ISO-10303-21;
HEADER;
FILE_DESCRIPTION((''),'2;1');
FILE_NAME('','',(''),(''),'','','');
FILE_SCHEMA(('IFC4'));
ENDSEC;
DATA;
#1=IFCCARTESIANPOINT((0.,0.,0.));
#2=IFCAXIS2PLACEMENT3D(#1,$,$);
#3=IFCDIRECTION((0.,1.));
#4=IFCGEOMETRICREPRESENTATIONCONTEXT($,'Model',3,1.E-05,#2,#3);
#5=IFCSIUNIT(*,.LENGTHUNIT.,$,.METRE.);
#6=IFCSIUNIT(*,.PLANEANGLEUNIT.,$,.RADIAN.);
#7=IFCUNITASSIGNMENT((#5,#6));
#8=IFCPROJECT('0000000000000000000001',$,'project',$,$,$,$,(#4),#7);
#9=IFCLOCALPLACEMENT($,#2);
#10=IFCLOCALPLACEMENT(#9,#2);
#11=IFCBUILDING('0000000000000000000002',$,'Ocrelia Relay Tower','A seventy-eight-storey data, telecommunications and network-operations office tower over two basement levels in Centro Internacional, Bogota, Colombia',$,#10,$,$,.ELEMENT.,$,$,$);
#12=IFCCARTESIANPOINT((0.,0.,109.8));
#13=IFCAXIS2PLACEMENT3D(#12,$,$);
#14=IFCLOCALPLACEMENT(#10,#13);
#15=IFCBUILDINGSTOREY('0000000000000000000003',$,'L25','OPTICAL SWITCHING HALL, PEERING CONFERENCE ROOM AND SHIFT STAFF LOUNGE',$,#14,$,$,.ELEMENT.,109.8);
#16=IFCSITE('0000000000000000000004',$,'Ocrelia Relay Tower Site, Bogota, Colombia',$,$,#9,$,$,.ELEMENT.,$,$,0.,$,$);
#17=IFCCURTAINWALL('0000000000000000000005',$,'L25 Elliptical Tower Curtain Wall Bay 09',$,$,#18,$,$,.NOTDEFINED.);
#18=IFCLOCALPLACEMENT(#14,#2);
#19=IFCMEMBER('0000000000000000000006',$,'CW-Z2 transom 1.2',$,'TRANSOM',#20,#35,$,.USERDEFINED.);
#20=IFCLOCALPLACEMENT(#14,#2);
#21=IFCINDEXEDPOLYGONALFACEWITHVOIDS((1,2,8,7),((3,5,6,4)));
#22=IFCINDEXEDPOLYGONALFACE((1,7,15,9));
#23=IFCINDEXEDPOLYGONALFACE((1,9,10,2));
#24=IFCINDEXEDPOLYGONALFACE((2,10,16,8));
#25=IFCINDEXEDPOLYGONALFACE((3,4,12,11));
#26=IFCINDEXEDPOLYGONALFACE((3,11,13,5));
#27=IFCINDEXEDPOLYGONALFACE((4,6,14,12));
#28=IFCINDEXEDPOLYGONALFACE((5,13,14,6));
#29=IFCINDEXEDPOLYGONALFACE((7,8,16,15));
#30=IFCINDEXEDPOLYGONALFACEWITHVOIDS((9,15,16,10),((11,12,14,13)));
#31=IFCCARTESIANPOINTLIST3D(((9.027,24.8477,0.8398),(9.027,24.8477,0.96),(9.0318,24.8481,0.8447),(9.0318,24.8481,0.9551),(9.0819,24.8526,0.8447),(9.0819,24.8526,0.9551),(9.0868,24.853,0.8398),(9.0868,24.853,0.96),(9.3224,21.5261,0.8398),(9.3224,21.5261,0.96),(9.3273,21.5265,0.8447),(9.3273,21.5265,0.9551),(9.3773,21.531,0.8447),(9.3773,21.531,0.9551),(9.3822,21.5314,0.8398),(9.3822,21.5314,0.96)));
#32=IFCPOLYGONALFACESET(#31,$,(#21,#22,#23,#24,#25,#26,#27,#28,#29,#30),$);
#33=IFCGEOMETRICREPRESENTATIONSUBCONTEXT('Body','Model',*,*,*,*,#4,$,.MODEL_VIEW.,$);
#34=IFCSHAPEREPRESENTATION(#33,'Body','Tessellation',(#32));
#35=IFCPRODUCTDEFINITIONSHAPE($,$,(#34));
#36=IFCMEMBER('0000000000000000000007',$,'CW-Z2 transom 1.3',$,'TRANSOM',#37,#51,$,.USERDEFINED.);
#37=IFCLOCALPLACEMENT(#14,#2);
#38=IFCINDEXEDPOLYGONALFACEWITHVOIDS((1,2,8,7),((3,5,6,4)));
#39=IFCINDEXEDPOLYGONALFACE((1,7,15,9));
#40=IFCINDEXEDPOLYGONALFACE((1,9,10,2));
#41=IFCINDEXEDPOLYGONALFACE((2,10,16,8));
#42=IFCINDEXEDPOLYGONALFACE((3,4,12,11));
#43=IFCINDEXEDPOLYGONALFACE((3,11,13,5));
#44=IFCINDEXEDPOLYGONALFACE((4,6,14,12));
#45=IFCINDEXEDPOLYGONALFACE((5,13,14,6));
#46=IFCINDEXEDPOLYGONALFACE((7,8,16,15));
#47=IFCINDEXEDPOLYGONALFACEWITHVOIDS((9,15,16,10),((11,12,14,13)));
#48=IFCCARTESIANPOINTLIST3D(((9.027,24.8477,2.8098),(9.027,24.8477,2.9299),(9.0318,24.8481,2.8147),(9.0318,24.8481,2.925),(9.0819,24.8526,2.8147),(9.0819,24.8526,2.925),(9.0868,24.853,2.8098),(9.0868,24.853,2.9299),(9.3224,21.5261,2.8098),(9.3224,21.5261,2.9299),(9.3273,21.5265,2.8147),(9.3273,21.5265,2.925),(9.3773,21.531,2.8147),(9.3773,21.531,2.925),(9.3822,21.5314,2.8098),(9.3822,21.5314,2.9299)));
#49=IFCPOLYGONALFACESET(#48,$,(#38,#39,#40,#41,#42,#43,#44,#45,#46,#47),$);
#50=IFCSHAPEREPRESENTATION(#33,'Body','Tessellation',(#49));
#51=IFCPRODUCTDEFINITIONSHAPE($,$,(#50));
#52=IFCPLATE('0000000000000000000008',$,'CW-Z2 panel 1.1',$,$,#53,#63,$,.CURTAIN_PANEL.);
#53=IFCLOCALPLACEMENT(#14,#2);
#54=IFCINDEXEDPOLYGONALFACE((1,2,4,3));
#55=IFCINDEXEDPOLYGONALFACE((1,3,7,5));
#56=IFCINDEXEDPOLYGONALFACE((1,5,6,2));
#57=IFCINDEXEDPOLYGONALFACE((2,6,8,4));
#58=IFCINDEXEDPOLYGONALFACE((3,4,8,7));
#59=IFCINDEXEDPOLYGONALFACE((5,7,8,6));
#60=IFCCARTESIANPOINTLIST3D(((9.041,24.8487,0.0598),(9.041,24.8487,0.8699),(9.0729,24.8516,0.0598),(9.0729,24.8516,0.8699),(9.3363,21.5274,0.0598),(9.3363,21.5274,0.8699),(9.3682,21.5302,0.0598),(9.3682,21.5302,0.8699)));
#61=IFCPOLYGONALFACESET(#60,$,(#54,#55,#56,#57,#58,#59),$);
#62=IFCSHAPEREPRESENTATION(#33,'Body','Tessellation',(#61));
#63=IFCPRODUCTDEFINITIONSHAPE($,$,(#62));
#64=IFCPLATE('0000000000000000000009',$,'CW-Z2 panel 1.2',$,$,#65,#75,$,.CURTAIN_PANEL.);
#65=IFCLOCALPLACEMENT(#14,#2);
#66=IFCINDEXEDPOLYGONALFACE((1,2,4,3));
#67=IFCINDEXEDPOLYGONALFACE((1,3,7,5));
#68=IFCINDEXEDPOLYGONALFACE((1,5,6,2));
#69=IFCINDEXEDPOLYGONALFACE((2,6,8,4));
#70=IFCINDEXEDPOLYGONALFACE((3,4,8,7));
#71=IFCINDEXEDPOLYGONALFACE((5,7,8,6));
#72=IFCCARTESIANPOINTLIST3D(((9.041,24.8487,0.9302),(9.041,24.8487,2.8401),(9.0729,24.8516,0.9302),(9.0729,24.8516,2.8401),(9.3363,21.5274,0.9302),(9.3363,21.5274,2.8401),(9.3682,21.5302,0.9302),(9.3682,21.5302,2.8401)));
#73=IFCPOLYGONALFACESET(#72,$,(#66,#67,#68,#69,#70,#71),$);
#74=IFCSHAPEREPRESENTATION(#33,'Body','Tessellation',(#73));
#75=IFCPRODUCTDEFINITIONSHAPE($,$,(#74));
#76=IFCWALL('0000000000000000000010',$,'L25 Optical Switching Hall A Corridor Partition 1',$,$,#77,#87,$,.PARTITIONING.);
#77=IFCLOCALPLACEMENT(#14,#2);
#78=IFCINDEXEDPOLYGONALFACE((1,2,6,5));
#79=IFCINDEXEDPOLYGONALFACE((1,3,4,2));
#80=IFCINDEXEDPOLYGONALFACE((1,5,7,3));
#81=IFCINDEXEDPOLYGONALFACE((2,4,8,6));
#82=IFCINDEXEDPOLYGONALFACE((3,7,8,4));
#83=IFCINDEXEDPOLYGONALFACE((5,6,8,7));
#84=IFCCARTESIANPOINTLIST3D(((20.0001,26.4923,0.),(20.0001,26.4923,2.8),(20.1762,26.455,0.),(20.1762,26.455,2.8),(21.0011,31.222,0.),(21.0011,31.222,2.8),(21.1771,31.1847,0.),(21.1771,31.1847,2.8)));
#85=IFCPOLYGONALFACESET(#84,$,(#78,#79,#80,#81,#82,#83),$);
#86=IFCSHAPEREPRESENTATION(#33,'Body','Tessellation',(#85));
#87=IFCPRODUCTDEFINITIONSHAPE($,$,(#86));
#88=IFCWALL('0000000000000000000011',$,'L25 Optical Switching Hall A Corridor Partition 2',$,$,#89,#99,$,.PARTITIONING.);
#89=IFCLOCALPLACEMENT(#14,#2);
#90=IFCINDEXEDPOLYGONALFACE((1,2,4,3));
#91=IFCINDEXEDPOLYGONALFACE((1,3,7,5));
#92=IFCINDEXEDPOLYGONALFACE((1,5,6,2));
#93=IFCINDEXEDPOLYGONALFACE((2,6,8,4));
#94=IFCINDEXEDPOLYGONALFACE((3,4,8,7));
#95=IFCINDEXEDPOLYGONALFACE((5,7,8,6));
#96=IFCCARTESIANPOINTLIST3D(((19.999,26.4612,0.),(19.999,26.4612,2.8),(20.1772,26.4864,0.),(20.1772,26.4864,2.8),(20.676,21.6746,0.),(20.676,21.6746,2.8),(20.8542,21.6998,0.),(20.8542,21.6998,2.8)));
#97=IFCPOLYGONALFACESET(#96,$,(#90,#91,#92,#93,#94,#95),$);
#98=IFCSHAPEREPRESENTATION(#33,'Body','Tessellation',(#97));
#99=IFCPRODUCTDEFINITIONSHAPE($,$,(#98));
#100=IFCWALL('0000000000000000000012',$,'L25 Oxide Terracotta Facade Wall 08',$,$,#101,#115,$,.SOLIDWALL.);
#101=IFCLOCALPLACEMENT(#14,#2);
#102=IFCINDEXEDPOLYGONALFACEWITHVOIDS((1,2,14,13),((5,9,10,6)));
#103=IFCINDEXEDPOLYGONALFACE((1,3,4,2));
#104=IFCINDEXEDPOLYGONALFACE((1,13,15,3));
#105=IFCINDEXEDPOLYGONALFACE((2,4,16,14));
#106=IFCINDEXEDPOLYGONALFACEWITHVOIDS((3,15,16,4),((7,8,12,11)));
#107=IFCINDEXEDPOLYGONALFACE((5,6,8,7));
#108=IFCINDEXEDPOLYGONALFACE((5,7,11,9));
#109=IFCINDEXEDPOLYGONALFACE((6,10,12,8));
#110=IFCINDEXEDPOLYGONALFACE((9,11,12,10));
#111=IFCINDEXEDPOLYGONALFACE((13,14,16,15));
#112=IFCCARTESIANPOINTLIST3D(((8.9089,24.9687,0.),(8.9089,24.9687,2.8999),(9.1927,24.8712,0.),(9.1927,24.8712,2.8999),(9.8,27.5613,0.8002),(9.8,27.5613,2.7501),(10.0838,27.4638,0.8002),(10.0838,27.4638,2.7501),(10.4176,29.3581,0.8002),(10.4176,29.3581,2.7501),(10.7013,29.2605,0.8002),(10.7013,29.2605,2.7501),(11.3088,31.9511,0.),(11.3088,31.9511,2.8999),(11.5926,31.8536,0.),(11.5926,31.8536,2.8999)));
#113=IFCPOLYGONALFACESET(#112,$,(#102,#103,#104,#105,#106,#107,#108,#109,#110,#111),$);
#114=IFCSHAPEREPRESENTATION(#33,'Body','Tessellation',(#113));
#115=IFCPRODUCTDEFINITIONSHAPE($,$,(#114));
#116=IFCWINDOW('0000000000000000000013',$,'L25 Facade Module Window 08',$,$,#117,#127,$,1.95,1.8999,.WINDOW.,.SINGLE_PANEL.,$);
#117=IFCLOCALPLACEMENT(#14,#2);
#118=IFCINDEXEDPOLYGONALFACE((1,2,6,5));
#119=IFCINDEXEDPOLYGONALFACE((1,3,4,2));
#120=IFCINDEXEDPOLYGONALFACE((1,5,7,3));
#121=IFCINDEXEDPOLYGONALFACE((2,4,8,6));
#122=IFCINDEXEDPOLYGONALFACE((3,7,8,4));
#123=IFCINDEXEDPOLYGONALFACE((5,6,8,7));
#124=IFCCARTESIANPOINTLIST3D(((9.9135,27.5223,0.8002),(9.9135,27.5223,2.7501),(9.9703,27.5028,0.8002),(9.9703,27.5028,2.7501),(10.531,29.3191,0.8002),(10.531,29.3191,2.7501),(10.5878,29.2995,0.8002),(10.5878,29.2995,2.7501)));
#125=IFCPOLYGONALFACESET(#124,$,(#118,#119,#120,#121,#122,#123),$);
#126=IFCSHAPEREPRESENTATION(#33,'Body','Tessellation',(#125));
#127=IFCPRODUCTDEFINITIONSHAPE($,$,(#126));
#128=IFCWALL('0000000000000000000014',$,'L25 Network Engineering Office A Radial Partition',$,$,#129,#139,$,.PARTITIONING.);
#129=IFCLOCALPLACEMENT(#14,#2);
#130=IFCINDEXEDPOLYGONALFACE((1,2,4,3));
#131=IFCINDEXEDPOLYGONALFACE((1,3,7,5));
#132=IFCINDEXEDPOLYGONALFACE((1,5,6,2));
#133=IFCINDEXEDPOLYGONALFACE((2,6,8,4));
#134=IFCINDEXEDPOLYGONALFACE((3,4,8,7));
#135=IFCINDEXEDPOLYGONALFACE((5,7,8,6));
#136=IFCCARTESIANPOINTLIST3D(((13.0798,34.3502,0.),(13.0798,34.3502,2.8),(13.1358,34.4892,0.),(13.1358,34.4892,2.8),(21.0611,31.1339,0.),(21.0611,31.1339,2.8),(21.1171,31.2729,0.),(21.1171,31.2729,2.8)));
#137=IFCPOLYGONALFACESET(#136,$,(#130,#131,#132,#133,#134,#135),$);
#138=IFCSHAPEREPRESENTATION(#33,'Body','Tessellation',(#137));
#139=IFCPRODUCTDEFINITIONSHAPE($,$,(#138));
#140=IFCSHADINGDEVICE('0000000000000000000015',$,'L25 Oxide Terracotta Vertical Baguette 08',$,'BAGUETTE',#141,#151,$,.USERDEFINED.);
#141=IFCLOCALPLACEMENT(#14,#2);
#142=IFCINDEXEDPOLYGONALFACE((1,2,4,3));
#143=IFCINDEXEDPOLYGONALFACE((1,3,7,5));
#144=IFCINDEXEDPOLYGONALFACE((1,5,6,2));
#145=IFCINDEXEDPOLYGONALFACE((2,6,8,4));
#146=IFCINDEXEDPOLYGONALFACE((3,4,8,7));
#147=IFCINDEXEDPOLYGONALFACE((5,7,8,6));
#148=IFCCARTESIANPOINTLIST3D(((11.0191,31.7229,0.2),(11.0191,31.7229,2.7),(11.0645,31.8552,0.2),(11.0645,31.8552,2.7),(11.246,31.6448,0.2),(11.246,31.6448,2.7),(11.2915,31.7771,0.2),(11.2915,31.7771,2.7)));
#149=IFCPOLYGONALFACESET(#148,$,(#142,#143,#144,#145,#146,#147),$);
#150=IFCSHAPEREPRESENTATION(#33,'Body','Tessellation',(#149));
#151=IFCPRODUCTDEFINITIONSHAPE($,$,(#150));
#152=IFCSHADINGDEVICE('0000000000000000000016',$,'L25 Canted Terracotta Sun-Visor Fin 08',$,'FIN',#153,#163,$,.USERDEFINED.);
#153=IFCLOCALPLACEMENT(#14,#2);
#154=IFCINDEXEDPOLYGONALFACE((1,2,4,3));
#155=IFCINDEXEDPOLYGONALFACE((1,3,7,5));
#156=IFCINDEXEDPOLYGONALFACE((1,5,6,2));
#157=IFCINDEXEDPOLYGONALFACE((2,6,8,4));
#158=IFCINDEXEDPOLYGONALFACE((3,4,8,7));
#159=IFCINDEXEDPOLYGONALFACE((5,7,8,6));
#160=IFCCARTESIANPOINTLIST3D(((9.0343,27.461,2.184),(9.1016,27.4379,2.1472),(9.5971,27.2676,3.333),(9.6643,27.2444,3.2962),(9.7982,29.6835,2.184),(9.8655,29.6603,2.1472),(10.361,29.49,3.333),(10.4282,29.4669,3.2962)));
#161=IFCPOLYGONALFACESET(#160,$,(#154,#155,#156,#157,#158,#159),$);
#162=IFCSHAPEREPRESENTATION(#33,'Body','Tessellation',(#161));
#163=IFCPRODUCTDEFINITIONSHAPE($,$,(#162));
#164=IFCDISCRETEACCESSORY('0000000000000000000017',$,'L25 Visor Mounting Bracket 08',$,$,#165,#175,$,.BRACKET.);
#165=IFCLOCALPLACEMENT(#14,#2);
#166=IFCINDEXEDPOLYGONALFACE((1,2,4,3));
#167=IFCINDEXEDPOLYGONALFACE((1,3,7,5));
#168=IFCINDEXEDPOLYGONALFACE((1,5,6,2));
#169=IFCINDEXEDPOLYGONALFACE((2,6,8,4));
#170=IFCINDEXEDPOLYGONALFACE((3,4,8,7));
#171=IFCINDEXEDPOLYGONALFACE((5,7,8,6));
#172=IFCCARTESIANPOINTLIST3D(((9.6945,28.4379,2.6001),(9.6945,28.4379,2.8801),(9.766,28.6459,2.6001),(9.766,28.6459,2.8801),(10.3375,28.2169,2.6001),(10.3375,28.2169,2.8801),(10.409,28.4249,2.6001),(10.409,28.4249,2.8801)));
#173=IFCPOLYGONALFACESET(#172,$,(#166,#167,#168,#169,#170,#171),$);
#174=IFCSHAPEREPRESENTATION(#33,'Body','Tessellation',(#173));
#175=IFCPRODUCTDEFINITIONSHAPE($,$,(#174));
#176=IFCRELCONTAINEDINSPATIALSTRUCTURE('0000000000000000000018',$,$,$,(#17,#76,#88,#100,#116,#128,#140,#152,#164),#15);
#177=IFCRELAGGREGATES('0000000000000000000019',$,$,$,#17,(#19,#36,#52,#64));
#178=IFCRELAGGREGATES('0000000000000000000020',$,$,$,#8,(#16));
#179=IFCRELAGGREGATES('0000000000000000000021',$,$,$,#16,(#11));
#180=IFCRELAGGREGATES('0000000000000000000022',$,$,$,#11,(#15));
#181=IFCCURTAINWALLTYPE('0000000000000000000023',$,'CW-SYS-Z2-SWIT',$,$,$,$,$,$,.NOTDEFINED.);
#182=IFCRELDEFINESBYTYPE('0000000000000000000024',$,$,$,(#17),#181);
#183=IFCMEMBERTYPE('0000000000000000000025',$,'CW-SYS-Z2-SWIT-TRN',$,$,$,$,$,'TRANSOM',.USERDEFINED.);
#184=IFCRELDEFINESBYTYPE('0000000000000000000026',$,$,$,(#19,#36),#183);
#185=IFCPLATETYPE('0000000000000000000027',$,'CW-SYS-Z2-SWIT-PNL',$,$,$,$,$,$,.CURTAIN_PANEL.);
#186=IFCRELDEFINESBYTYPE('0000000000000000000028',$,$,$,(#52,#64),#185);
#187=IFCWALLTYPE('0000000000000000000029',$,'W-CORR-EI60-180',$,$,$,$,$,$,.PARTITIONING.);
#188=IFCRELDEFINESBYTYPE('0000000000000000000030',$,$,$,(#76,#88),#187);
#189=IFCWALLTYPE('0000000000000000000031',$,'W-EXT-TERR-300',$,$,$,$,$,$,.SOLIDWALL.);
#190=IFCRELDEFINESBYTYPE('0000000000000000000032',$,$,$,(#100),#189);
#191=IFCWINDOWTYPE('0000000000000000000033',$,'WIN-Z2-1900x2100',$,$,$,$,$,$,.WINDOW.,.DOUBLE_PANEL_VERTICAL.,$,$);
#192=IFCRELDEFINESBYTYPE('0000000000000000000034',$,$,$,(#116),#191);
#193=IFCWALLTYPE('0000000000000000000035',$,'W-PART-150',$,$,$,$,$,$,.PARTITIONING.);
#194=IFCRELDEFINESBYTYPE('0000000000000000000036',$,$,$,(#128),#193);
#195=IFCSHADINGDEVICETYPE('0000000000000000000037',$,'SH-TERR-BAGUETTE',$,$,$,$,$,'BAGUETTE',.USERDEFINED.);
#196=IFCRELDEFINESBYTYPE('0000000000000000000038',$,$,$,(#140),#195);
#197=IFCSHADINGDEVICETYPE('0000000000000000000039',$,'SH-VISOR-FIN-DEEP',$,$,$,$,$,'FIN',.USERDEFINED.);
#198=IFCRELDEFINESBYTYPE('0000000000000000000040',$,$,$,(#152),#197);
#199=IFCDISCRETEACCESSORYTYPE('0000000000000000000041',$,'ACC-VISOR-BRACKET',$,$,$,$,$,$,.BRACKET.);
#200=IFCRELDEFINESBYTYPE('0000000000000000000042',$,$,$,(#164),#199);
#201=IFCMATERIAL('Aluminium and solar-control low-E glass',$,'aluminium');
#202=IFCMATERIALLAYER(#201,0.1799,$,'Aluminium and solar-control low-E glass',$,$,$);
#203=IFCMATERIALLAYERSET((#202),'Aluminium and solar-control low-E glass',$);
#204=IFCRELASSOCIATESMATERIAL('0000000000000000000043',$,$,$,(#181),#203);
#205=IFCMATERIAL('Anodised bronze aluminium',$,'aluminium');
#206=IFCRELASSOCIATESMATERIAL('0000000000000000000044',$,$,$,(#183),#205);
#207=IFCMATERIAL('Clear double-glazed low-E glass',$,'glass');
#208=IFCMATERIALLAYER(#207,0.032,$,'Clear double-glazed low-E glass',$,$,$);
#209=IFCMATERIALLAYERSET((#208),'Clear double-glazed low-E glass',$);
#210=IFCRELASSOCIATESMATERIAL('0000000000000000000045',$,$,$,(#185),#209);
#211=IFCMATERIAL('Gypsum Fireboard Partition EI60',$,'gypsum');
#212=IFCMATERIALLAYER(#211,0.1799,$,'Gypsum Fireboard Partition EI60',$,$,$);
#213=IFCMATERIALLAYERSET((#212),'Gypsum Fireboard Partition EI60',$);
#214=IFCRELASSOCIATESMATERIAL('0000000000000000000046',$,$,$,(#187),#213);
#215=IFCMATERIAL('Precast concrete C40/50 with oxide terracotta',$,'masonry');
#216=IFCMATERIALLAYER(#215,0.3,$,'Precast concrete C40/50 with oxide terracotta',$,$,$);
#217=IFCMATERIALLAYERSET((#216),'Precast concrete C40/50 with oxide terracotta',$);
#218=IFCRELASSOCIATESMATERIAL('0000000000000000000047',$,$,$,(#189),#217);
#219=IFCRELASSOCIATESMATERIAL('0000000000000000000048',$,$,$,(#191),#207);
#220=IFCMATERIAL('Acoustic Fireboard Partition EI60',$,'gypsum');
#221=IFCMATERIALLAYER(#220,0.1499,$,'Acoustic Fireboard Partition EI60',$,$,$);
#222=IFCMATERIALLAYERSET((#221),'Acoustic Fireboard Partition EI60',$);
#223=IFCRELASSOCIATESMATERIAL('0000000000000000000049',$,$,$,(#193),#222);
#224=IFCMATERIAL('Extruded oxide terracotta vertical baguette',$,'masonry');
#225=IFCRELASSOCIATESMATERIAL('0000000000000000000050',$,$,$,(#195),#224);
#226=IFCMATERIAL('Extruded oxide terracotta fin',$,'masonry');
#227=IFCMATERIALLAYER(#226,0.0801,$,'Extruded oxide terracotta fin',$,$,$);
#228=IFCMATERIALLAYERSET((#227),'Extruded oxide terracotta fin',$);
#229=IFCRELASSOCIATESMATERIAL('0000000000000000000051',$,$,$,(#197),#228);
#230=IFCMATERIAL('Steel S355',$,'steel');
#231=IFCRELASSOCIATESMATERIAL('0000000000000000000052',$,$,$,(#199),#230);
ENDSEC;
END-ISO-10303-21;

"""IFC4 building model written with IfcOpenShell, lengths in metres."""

from ifc_helpers import new_model, si_unit, direction, frame, frame_2d, origin, origin_2d, place, context, subcontext, project, spatial, rectangle, hollow_rectangle, extrude, material, layer, layer_set, material_profile, profile_set, type_object, element, fill, aggregate, save


model = new_model("IFC4")

# Units and contexts
model_context = context("Model", 3, precision=1e-05, world=origin(), true_north=direction((0.0, 1.0)))
body_context = subcontext(model_context, "Body", "Model", "MODEL_VIEW")
ifc_project = project(units=[si_unit("LENGTHUNIT", "METRE"), si_unit("PLANEANGLEUNIT", "RADIAN")], contexts=[model_context])

# Site, building, storey
site_placement = place(None, origin())
site = spatial("IfcSite", under=ifc_project, at=site_placement, Name="Ocrelia Relay Tower Site, Bogota, Colombia", CompositionType="ELEMENT", RefElevation=0.0)
building_placement = place(site_placement, origin())
building = spatial("IfcBuilding", under=site, at=building_placement, Name="Ocrelia Relay Tower", Description="A seventy-eight-storey data, telecommunications and network-operations office tower over two basement levels in Centro Internacional, Bogota, Colombia", CompositionType="ELEMENT")
storey_placement = place(building_placement, frame((0.0, 0.0, 109.8)))
storey = spatial("IfcBuildingStorey", under=building, at=storey_placement, Name="L25", Description="OPTICAL SWITCHING HALL, PEERING CONFERENCE ROOM AND SHIFT STAFF LOUNGE", CompositionType="ELEMENT", Elevation=109.8)

# Shared definitions
ifc_material_1 = material(Name="Steel S355", Category="steel")

# Curtain wall, members, plates
ifc_material_2 = material(Name="Aluminium and solar-control low-E glass", Category="aluminium")
ifc_layer_1 = layer(ifc_material_2, 0.1799, Name="Aluminium and solar-control low-E glass")
ifc_layer_set_1 = layer_set([ifc_layer_1], Name="Aluminium and solar-control low-E glass")
curtain_wall_type = type_object("IfcCurtainWallType", Name="CW-SYS-Z2-SWIT", PredefinedType="NOTDEFINED", material=ifc_layer_set_1)
curtain_wall_placement = place(storey_placement, origin())
curtain_wall = element("IfcCurtainWall", 1, at=curtain_wall_placement, inside=storey, type_object=curtain_wall_type, Name="L25 Elliptical Tower Curtain Wall Bay 09", PredefinedType="NOTDEFINED")
ifc_material_3 = material(Name="Anodised bronze aluminium", Category="aluminium")
ifc_material_profile_1 = material_profile(ifc_material_3, hollow_rectangle(XDim=0.0601, YDim=0.1201, WallThickness=0.0049, at=origin_2d()), Name="CW-TRN-120x60")
ifc_profile_set_1 = profile_set([ifc_material_profile_1], Name="Anodised bronze aluminium")
member_type_1 = type_object("IfcMemberType", Name="CW-SYS-Z2-SWIT-TRN", ElementType="TRANSOM", PredefinedType="USERDEFINED", material=ifc_profile_set_1)
member_1_placement = place(storey_placement, frame((9.0569, 24.8503, 0.8999), z_axis=(0.088588, -0.996068, 0.0), x_axis=(0.996068, 0.088588, 0.0)))
member_1 = element("IfcMember", 2, at=member_1_placement, type_object=member_type_1, Name="CW-Z2 transom 1.2", ObjectType="TRANSOM", PredefinedType="USERDEFINED", context=body_context, shape_type="SweptSolid", body=[
    extrude(hollow_rectangle(XDim=0.0601, YDim=0.1201, WallThickness=0.0049, at=origin_2d()), origin(), (0.0, 0.0, 1.0), 3.3347),
])
member_2_placement = place(storey_placement, frame((9.0569, 24.8503, 2.8699), z_axis=(0.088588, -0.996068, 0.0), x_axis=(0.996068, 0.088588, 0.0)))
member_2 = element("IfcMember", 3, at=member_2_placement, type_object=member_type_1, Name="CW-Z2 transom 1.3", ObjectType="TRANSOM", PredefinedType="USERDEFINED", context=body_context, shape_type="SweptSolid", body=[
    extrude(hollow_rectangle(XDim=0.0601, YDim=0.1201, WallThickness=0.0049, at=origin_2d()), origin(), (0.0, 0.0, 1.0), 3.3347),
])
ifc_material_4 = material(Name="Clear double-glazed low-E glass", Category="glass")
ifc_layer_2 = layer(ifc_material_4, 0.032, Name="Clear double-glazed low-E glass")
ifc_layer_set_2 = layer_set([ifc_layer_2], Name="Clear double-glazed low-E glass")
plate_type = type_object("IfcPlateType", Name="CW-SYS-Z2-SWIT-PNL", PredefinedType="CURTAIN_PANEL", material=ifc_layer_set_2)
plate_1_placement = place(storey_placement, frame((9.2046, 23.1895, 0.0598), z_axis=(0.0, 0.0, 1.0), x_axis=(0.088558, -0.996071, 0.0)))
plate_1 = element("IfcPlate", 4, at=plate_1_placement, type_object=plate_type, Name="CW-Z2 panel 1.1", PredefinedType="CURTAIN_PANEL", context=body_context, shape_type="SweptSolid", body=[
    extrude(rectangle(XDim=3.3345, YDim=0.032, at=origin_2d()), origin(), (0.0, 0.0, 1.0), 0.8101),
])
plate_2_placement = place(storey_placement, frame((9.2046, 23.1895, 0.9302), z_axis=(0.0, 0.0, 1.0), x_axis=(0.088558, -0.996071, 0.0)))
plate_2 = element("IfcPlate", 5, at=plate_2_placement, type_object=plate_type, Name="CW-Z2 panel 1.2", PredefinedType="CURTAIN_PANEL", context=body_context, shape_type="SweptSolid", body=[
    extrude(rectangle(XDim=3.3345, YDim=0.032, at=origin_2d()), origin(), (0.0, 0.0, 1.0), 1.9099),
])
aggregate(curtain_wall, [member_1, member_2, plate_1, plate_2])

# Walls
ifc_material_5 = material(Name="Gypsum Fireboard Partition EI60", Category="gypsum")
ifc_layer_3 = layer(ifc_material_5, 0.1799, Name="Gypsum Fireboard Partition EI60")
ifc_layer_set_3 = layer_set([ifc_layer_3], Name="Gypsum Fireboard Partition EI60")
wall_type_1 = type_object("IfcWallType", Name="W-CORR-EI60-180", PredefinedType="PARTITIONING", material=ifc_layer_set_3)
wall_1_placement = place(storey_placement, frame((21.0891, 31.2034, 0.0), z_axis=(0.0, 0.0, 1.0), x_axis=(-0.207049, -0.978331, 0.0)))
element("IfcWall", 6, at=wall_1_placement, inside=storey, type_object=wall_type_1, Name="L25 Optical Switching Hall A Corridor Partition 1", PredefinedType="PARTITIONING", context=body_context, shape_type="SweptSolid", body=[
    extrude(rectangle(XDim=4.8345, YDim=0.1799, at=frame_2d((2.4172, 0.0))), origin(), (0.0, 0.0, 1.0), 2.8),
])
wall_2_placement = place(storey_placement, frame((20.0881, 26.4736, 0.0), z_axis=(0.0, 0.0, 1.0), x_axis=(0.140043, -0.990145, 0.0)))
element("IfcWall", 7, at=wall_2_placement, inside=storey, type_object=wall_type_1, Name="L25 Optical Switching Hall A Corridor Partition 2", PredefinedType="PARTITIONING", context=body_context, shape_type="SweptSolid", body=[
    extrude(rectangle(XDim=4.8342, YDim=0.1799, at=frame_2d((2.417, 0.0))), origin(), (0.0, 0.0, 1.0), 2.8),
])

# Wall, opening, window
ifc_material_6 = material(Name="Precast concrete C40/50 with oxide terracotta", Category="masonry")
ifc_layer_4 = layer(ifc_material_6, 0.3, Name="Precast concrete C40/50 with oxide terracotta")
ifc_layer_set_4 = layer_set([ifc_layer_4], Name="Precast concrete C40/50 with oxide terracotta")
wall_type_2 = type_object("IfcWallType", Name="W-EXT-TERR-300", PredefinedType="SOLIDWALL", material=ifc_layer_set_4)
wall_3_placement = place(storey_placement, frame((11.4507, 31.9023, 0.0), z_axis=(0.0, 0.0, 1.0), x_axis=(-0.325043, -0.945699, 0.0)))
wall_3 = element("IfcWall", 8, at=wall_3_placement, inside=storey, type_object=wall_type_2, Name="L25 Oxide Terracotta Facade Wall 08", PredefinedType="SOLIDWALL", context=body_context, shape_type="SweptSolid", body=[
    extrude(rectangle(XDim=7.3833, YDim=0.3, at=frame_2d((3.6917, 0.0))), origin(), (0.0, 0.0, 1.0), 2.8999),
])
opening_placement = place(wall_3_placement, frame((2.7419, 0.0, 0.8)))
opening = element("IfcOpeningElement", 9, at=opening_placement, cuts=wall_3, PredefinedType="OPENING", context=body_context, shape_type="SweptSolid", body=[
    extrude(rectangle(XDim=1.8999, YDim=1.95, at=frame_2d((0.95, 0.9751))), frame((0.0, 0.1602, 0.0), z_axis=(0.0, -1.0, 0.0), x_axis=(1.0, 0.0, 0.0)), (0.0, 0.0, 1.0), 0.3201),
])
window_type = type_object("IfcWindowType", Name="WIN-Z2-1900x2100", PartitioningType="DOUBLE_PANEL_VERTICAL", PredefinedType="WINDOW", material=ifc_material_4)
window_placement = place(opening_placement, origin())
window = element("IfcWindow", 10, at=window_placement, inside=storey, type_object=window_type, Name="L25 Facade Module Window 08", OverallHeight=1.95, OverallWidth=1.8999, PartitioningType="SINGLE_PANEL", PredefinedType="WINDOW", context=body_context, shape_type="SweptSolid", body=[
    extrude(rectangle(XDim=1.8999, YDim=1.95, at=frame_2d((0.95, 0.9751))), frame((0.0, 0.03, 0.0), z_axis=(0.0, -1.0, 0.0), x_axis=(1.0, 0.0, 0.0)), (0.0, 0.0, 1.0), 0.0601),
])
fill(opening, window)

# Wall
ifc_material_7 = material(Name="Acoustic Fireboard Partition EI60", Category="gypsum")
ifc_layer_5 = layer(ifc_material_7, 0.1499, Name="Acoustic Fireboard Partition EI60")
ifc_layer_set_5 = layer_set([ifc_layer_5], Name="Acoustic Fireboard Partition EI60")
wall_type_3 = type_object("IfcWallType", Name="W-PART-150", PredefinedType="PARTITIONING", material=ifc_layer_set_5)
wall_4_placement = place(storey_placement, frame((21.0891, 31.2034, 0.0), z_axis=(0.0, 0.0, 1.0), x_axis=(-0.927519, 0.373777, 0.0)))
element("IfcWall", 11, at=wall_4_placement, inside=storey, type_object=wall_type_3, Name="L25 Network Engineering Office A Radial Partition", PredefinedType="PARTITIONING", context=body_context, shape_type="SweptSolid", body=[
    extrude(rectangle(XDim=8.605, YDim=0.1499, at=frame_2d((4.3025, 0.0))), origin(), (0.0, 0.0, 1.0), 2.8),
])

# Shading devices
ifc_material_8 = material(Name="Extruded oxide terracotta vertical baguette", Category="masonry")
shading_device_type_1 = type_object("IfcShadingDeviceType", Name="SH-TERR-BAGUETTE", ElementType="BAGUETTE", PredefinedType="USERDEFINED", material=ifc_material_8)
shading_device_1_placement = place(storey_placement, frame((11.1553, 31.75, 0.2), z_axis=(0.0, 0.0, 1.0), x_axis=(-0.32506, -0.945693, 0.0)))
element("IfcShadingDevice", 12, at=shading_device_1_placement, inside=storey, type_object=shading_device_type_1, Name="L25 Oxide Terracotta Vertical Baguette 08", ObjectType="BAGUETTE", PredefinedType="USERDEFINED", context=body_context, shape_type="SweptSolid", body=[
    extrude(rectangle(XDim=0.1399, YDim=0.24, at=origin_2d()), origin(), (0.0, 0.0, 1.0), 2.5),
])
ifc_material_9 = material(Name="Extruded oxide terracotta fin", Category="masonry")
ifc_layer_6 = layer(ifc_material_9, 0.0801, Name="Extruded oxide terracotta fin")
ifc_layer_set_6 = layer_set([ifc_layer_6], Name="Extruded oxide terracotta fin")
shading_device_type_2 = type_object("IfcShadingDeviceType", Name="SH-VISOR-FIN-DEEP", ElementType="FIN", PredefinedType="USERDEFINED", material=ifc_layer_set_6)
shading_device_2_placement = place(storey_placement, frame((9.7649, 28.4524, 2.7217), z_axis=(-0.839753, 0.288645, 0.45989), x_axis=(-0.32506, -0.945693, 0.0)))
element("IfcShadingDevice", 13, at=shading_device_2_placement, inside=storey, type_object=shading_device_type_2, Name="L25 Canted Terracotta Sun-Visor Fin 08", ObjectType="FIN", PredefinedType="USERDEFINED", context=body_context, shape_type="SweptSolid", body=[
    extrude(rectangle(XDim=2.3501, YDim=1.2939, at=origin_2d()), origin(), (0.0, 0.0, 1.0), 0.0801),
])

# Discrete accessory
discrete_accessory_type = type_object("IfcDiscreteAccessoryType", Name="ACC-VISOR-BRACKET", PredefinedType="BRACKET", material=ifc_material_1)
discrete_accessory_placement = place(storey_placement, frame((10.0518, 28.4314, 2.6001), z_axis=(0.0, 0.0, 1.0), x_axis=(-0.32506, -0.945693, 0.0)))
element("IfcDiscreteAccessory", 14, at=discrete_accessory_placement, inside=storey, type_object=discrete_accessory_type, Name="L25 Visor Mounting Bracket 08", PredefinedType="BRACKET", context=body_context, shape_type="SweptSolid", body=[
    extrude(rectangle(XDim=0.22, YDim=0.6799, at=origin_2d()), origin(), (0.0, 0.0, 1.0), 0.28),
])

save(model, "model.ifc")
